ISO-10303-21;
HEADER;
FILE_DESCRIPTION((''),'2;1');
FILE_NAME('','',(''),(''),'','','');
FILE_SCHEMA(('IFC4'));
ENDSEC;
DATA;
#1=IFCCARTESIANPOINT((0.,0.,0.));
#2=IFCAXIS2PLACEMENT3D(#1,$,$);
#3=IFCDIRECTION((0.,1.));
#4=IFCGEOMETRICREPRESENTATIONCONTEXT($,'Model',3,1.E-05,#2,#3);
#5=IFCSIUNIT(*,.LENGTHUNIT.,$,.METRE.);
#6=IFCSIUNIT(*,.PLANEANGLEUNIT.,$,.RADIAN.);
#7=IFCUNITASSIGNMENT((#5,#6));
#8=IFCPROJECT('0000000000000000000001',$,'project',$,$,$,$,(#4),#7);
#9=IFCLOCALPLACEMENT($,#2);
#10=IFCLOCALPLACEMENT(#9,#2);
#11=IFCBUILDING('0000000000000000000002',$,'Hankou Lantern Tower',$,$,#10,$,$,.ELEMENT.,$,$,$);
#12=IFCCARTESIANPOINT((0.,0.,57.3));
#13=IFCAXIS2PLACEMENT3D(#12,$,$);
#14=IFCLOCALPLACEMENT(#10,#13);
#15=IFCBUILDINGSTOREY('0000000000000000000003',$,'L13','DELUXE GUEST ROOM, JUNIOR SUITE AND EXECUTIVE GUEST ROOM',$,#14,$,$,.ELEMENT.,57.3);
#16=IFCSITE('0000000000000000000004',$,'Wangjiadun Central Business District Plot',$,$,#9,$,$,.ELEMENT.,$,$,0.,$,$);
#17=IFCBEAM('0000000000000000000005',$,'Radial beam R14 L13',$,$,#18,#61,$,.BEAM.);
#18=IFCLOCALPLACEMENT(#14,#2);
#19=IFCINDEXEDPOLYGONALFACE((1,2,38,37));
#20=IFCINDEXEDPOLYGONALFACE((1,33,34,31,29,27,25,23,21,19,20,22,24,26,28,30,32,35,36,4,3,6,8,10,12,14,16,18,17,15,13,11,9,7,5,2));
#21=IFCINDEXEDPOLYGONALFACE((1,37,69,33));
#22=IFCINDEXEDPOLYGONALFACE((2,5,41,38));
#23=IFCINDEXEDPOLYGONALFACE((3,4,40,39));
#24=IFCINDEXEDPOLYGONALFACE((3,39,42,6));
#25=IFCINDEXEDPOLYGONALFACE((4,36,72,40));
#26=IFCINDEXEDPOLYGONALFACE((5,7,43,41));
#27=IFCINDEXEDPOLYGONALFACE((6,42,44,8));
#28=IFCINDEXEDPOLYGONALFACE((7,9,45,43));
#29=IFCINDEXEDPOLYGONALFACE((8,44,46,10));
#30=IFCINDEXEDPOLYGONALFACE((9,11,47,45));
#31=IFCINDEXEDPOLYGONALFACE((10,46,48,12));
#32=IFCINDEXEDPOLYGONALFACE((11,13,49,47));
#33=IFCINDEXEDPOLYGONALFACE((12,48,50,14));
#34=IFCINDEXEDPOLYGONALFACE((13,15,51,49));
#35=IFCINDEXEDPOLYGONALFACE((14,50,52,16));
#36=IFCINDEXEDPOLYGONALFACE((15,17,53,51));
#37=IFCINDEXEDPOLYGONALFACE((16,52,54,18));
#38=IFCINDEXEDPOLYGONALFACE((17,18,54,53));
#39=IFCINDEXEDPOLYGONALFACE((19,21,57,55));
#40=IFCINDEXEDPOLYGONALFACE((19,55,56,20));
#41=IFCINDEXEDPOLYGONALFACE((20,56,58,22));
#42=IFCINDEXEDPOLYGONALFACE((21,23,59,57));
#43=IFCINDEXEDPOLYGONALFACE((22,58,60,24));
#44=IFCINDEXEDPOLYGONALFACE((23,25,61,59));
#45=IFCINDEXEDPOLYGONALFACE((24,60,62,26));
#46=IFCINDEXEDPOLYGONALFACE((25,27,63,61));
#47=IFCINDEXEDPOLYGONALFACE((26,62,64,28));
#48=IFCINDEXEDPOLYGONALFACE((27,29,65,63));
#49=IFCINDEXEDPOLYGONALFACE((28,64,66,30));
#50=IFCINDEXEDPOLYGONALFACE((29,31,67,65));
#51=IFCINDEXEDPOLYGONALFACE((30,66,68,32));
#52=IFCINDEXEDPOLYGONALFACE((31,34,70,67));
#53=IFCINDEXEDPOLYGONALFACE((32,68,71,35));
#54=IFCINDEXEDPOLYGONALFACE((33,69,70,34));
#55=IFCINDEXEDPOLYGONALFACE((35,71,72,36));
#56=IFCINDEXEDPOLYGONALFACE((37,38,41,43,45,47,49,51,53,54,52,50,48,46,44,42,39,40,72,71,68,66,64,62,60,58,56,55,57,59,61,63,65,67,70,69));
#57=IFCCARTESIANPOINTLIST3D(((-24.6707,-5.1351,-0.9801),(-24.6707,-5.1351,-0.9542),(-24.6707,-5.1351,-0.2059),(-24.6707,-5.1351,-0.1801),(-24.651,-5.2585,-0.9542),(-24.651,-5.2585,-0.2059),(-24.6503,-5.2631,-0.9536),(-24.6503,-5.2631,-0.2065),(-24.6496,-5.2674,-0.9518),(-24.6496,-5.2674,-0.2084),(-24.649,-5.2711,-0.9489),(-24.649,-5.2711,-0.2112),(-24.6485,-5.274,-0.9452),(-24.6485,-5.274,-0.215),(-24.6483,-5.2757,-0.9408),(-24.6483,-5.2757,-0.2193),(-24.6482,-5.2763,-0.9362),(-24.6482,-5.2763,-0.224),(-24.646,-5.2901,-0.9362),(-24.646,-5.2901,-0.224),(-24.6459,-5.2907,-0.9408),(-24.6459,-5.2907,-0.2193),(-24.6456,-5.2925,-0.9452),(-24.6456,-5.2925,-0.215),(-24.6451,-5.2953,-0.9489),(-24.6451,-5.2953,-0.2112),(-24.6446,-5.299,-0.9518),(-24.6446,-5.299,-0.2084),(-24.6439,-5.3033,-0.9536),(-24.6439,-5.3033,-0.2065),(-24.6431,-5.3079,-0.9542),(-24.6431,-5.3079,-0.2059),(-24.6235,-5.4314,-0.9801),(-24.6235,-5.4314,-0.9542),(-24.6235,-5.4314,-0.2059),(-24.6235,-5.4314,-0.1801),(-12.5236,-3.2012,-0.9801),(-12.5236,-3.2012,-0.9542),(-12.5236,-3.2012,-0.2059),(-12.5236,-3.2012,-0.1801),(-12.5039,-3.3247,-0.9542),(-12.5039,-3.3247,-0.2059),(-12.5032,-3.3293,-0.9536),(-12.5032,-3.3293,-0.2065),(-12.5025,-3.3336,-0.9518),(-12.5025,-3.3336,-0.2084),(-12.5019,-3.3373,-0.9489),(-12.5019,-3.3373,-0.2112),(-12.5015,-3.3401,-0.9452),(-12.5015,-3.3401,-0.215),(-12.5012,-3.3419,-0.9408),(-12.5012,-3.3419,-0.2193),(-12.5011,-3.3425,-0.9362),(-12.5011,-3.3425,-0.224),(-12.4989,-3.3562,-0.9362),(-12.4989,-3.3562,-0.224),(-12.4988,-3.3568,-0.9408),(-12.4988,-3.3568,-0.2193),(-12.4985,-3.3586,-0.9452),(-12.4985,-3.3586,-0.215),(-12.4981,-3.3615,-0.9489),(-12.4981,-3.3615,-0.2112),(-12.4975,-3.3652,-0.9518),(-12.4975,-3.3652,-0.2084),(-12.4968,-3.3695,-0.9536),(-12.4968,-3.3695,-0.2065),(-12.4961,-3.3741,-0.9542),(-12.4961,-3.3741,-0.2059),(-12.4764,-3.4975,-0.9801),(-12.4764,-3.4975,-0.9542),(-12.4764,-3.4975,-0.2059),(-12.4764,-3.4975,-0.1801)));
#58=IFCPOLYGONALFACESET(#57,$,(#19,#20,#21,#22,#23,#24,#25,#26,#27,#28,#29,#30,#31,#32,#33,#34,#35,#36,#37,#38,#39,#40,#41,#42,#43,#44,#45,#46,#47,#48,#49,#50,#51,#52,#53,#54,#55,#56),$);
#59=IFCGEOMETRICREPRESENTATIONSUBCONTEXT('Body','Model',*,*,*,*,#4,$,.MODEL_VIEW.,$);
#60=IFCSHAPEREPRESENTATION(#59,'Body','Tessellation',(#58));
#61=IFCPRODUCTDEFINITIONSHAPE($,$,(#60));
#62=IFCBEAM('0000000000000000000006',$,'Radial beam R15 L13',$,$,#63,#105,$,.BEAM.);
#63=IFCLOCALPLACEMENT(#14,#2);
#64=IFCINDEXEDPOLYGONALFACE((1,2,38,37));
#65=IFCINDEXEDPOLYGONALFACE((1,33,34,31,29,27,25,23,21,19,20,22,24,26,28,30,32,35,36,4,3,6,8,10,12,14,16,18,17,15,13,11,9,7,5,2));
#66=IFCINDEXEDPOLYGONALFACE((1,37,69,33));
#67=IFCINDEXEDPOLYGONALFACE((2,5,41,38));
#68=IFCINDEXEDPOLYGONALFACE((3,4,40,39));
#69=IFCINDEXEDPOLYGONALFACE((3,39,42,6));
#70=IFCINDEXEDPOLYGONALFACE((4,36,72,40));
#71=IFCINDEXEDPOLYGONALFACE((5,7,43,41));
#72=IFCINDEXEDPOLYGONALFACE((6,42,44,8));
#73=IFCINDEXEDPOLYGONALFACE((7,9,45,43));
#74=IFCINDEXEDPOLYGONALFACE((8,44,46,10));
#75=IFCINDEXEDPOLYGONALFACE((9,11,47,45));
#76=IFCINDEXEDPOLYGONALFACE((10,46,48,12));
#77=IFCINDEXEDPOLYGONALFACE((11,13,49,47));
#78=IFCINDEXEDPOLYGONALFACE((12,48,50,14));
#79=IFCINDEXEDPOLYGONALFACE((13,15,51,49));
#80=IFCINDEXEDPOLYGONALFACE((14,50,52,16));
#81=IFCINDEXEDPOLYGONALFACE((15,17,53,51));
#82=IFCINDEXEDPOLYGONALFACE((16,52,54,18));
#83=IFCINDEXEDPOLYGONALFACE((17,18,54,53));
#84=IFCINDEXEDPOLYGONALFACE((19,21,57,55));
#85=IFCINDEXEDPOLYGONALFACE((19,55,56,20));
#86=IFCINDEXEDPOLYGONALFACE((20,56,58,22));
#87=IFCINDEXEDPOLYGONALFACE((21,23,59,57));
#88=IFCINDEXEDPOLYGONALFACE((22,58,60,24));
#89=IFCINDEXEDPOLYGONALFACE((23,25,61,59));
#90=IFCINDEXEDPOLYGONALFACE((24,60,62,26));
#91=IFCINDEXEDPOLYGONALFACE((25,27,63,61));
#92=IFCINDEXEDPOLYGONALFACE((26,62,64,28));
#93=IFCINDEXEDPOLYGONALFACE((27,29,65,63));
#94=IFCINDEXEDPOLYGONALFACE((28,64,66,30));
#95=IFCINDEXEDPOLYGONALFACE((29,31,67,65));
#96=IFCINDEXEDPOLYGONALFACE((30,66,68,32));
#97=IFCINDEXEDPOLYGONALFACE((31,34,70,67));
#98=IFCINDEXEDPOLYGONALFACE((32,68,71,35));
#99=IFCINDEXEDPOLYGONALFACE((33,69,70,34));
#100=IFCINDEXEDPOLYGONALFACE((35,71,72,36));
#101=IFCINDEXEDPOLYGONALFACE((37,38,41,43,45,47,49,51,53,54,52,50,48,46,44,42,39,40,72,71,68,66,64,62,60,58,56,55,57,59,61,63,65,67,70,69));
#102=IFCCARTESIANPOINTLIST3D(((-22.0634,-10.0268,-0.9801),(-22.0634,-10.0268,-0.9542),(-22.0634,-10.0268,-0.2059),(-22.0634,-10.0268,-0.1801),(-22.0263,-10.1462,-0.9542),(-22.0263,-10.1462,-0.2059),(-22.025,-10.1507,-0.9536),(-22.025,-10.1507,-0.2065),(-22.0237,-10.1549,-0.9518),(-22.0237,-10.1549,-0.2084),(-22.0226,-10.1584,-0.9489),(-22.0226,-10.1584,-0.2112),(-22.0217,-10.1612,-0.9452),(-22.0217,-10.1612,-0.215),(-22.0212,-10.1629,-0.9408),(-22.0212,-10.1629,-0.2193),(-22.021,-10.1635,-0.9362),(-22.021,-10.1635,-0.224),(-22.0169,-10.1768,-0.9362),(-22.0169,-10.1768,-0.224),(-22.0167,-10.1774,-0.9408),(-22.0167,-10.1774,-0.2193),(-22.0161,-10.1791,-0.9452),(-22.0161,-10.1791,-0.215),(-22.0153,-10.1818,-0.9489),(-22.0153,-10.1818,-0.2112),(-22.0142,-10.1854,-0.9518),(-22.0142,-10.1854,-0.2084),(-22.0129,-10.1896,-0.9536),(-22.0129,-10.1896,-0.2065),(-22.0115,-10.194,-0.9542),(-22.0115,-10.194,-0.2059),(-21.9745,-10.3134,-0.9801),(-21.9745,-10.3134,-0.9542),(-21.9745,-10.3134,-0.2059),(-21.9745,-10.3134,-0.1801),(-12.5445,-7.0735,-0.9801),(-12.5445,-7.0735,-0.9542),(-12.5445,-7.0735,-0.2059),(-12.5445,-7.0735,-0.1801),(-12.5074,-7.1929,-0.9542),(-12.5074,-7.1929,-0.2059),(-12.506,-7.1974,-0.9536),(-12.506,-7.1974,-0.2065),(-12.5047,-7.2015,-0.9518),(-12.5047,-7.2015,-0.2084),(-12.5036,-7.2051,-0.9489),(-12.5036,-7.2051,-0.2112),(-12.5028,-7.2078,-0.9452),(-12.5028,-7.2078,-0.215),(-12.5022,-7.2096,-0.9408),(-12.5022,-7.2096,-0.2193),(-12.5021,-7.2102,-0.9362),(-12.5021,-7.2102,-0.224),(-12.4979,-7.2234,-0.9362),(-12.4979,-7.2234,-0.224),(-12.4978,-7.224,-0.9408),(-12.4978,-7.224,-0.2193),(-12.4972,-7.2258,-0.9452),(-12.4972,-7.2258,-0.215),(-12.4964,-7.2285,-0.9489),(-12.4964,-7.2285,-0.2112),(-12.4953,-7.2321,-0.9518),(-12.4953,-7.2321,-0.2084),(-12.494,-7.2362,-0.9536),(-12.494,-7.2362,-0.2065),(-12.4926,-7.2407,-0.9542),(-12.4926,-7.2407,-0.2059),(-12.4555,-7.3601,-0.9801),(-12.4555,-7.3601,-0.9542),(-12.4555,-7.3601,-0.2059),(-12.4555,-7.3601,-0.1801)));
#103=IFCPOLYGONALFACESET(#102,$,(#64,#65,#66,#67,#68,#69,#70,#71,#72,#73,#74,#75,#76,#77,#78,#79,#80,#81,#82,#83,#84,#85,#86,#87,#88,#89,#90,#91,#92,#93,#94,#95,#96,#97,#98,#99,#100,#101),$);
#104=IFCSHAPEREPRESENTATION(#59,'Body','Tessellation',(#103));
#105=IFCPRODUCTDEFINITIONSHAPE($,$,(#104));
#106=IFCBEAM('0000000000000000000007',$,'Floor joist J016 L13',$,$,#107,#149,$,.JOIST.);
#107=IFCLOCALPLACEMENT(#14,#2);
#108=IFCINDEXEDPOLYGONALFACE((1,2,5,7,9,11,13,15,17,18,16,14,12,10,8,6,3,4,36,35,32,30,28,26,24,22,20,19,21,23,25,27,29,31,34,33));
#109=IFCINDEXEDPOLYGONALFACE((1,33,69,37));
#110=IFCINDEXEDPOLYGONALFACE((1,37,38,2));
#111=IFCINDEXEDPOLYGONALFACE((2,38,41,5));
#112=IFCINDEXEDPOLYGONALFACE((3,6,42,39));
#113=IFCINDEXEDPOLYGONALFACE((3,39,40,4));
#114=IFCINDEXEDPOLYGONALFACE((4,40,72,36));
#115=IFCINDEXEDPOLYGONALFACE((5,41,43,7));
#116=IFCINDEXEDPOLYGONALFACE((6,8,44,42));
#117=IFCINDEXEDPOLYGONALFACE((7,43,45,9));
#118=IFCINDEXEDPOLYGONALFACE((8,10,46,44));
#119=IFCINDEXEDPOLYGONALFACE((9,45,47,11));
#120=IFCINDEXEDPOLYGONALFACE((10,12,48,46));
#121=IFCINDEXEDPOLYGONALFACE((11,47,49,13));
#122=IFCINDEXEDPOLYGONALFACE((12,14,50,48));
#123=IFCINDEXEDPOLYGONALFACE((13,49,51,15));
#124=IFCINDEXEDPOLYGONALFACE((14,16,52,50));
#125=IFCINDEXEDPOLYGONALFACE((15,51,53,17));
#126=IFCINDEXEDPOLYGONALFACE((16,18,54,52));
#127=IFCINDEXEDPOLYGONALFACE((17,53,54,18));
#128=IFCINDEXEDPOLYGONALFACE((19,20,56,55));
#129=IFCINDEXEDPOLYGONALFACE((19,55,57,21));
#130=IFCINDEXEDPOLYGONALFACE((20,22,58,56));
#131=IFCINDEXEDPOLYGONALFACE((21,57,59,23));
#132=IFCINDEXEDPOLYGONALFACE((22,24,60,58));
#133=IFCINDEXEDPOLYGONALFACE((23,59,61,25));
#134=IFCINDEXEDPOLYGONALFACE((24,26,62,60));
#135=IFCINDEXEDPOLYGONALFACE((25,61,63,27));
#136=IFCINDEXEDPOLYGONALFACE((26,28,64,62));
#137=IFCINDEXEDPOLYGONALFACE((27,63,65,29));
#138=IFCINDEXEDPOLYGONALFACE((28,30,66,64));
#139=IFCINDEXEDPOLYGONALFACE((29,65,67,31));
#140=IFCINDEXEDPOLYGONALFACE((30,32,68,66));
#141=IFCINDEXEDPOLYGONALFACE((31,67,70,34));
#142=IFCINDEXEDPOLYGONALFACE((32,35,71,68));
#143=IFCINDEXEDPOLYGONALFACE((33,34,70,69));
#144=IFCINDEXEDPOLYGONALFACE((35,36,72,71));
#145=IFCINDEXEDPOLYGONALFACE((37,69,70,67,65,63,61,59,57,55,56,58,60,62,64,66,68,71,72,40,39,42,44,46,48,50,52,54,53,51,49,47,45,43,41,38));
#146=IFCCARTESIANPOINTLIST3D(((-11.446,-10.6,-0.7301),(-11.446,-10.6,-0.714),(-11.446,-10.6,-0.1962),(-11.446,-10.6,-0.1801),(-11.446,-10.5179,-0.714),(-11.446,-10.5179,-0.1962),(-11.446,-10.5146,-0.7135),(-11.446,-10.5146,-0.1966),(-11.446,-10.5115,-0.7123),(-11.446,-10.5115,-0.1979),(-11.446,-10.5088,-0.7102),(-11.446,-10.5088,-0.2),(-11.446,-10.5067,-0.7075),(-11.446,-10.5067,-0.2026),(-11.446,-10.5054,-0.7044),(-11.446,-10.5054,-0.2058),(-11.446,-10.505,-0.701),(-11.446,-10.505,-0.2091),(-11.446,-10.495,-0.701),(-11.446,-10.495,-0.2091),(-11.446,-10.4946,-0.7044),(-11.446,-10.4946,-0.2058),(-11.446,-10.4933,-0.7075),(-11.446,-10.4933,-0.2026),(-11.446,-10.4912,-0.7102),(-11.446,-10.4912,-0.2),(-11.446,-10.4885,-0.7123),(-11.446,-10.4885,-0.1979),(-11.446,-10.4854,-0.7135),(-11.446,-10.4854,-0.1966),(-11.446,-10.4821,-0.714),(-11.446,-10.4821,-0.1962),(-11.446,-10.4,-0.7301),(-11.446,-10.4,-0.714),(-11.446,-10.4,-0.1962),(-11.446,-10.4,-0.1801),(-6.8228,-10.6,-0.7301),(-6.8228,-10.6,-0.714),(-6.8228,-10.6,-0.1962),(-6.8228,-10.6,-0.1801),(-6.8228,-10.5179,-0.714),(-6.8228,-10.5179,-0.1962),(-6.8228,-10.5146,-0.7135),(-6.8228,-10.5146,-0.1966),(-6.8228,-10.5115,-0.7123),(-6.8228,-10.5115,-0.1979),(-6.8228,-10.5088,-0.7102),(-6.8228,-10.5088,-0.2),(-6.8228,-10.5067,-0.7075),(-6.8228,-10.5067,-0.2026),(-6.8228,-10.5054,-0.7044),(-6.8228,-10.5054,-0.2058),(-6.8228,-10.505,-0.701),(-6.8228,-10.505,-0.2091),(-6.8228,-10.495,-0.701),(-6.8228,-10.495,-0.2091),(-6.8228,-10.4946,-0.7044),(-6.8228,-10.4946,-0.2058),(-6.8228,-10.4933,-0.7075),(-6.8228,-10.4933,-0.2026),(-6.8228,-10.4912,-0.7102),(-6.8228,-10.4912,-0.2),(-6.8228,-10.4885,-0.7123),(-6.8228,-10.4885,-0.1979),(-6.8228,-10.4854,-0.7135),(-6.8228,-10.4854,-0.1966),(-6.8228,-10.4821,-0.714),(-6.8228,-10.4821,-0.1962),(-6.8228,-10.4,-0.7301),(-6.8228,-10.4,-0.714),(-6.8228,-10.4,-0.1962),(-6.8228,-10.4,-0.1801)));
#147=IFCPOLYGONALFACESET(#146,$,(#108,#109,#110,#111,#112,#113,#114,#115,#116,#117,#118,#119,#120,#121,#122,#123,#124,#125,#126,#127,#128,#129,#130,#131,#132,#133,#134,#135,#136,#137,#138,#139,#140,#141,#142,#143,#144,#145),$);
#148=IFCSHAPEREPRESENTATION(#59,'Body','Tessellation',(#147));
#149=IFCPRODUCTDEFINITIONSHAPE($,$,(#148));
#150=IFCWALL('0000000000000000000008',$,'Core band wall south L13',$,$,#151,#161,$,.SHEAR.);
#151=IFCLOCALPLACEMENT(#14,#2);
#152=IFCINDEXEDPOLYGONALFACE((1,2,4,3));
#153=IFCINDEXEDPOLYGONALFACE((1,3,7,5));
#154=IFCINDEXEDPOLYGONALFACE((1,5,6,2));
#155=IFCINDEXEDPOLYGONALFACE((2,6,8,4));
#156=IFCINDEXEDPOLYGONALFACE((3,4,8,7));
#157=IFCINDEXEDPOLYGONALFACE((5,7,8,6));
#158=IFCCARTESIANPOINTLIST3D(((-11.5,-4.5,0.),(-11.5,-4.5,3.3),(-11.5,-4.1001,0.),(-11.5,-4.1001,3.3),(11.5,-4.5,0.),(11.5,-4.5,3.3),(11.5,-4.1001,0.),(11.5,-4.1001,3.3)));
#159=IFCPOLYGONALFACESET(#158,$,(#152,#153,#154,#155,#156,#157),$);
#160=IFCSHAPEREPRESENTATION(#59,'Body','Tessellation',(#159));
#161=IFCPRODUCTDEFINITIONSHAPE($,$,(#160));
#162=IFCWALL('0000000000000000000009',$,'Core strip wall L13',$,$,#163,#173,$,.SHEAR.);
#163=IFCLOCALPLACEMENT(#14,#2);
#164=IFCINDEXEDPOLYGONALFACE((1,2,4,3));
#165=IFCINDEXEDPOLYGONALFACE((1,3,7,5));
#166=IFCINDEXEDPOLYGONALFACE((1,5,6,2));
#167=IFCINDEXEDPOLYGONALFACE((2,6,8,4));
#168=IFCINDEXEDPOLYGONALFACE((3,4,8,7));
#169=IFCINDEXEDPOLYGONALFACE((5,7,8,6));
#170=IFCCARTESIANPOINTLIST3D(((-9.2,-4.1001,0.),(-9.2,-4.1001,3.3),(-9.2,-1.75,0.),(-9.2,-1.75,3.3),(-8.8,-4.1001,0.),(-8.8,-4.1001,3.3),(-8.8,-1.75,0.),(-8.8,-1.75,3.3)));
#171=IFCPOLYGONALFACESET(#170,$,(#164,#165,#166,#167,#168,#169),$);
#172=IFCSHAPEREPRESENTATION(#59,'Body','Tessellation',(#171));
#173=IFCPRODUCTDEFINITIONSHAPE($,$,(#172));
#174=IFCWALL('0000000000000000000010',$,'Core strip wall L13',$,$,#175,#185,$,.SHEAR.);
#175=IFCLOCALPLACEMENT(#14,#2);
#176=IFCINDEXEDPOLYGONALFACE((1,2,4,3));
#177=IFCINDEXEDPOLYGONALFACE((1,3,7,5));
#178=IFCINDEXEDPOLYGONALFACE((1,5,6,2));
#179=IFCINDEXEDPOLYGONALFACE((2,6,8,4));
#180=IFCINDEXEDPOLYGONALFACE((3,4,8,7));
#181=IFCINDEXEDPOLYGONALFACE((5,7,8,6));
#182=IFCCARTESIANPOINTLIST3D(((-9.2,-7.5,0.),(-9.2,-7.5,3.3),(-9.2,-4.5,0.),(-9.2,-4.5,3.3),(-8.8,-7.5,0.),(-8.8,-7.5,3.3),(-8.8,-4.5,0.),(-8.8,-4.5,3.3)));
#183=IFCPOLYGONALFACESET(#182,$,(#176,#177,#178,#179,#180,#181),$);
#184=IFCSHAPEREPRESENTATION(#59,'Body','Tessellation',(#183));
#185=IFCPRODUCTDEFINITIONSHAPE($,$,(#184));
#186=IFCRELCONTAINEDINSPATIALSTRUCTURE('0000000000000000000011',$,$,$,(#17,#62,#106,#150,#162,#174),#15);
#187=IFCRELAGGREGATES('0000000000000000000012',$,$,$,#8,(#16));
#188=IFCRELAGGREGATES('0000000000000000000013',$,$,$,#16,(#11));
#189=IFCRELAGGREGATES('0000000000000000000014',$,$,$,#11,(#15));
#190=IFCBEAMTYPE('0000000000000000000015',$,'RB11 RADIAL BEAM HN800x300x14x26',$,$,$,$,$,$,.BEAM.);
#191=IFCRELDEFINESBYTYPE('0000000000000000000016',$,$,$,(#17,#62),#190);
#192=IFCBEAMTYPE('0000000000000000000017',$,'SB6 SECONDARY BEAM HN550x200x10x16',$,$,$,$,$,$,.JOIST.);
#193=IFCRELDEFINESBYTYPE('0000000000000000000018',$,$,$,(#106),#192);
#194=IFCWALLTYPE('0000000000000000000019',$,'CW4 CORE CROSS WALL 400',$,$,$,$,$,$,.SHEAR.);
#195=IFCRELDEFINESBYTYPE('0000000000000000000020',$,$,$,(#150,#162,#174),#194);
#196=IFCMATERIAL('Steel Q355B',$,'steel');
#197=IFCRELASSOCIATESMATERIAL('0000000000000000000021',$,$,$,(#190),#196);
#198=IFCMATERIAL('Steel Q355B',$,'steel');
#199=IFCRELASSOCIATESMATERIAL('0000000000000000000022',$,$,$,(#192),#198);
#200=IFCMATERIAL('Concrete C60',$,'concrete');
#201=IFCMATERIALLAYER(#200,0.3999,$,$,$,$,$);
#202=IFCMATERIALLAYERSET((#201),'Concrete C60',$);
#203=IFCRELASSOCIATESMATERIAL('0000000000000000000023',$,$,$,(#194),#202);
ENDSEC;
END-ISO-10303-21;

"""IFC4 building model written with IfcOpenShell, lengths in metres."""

from ifc_helpers import new_model, si_unit, direction, frame, frame_2d, origin, origin_2d, place, context, subcontext, project, spatial, rectangle, i_section, extrude, material, layer, layer_set, material_profile, profile_set, type_object, element, save


model = new_model("IFC4")

# Units and contexts
model_context = context("Model", 3, precision=1e-05, world=origin(), true_north=direction((0.0, 1.0)))
body_context = subcontext(model_context, "Body", "Model", "MODEL_VIEW")
ifc_project = project(units=[si_unit("LENGTHUNIT", "METRE"), si_unit("PLANEANGLEUNIT", "RADIAN")], contexts=[model_context])

# Site, building, storey
site_placement = place(None, origin())
site = spatial("IfcSite", under=ifc_project, at=site_placement, Name="Wangjiadun Central Business District Plot", CompositionType="ELEMENT", RefElevation=0.0)
building_placement = place(site_placement, origin())
building = spatial("IfcBuilding", under=site, at=building_placement, Name="Hankou Lantern Tower", CompositionType="ELEMENT")
storey_placement = place(building_placement, frame((0.0, 0.0, 57.3)))
storey = spatial("IfcBuildingStorey", under=building, at=storey_placement, Name="L13", Description="DELUXE GUEST ROOM, JUNIOR SUITE AND EXECUTIVE GUEST ROOM", CompositionType="ELEMENT", Elevation=57.3)

# Beams
ifc_material_1 = material(Name="Steel Q355B", Category="steel")
ifc_material_profile_1 = material_profile(ifc_material_1, i_section(OverallWidth=0.3, OverallDepth=0.8, WebThickness=0.0139, FlangeThickness=0.0259, FilletRadius=0.0181, at=origin_2d()), Name="HN800x300x14x26")
ifc_profile_set_1 = profile_set([ifc_material_profile_1], Name="Steel Q355B")
beam_type_1 = type_object("IfcBeamType", Name="RB11 RADIAL BEAM HN800x300x14x26", PredefinedType="BEAM", material=ifc_profile_set_1)
beam_1_placement = place(storey_placement, frame((-12.5, -3.3494, -0.5801), z_axis=(-0.987563, -0.157223, 0.0), x_axis=(0.157223, -0.987563, 0.0)))
element("IfcBeam", 1, at=beam_1_placement, inside=storey, type_object=beam_type_1, Name="Radial beam R14 L13", PredefinedType="BEAM", context=body_context, shape_type="SweptSolid", body=[
    extrude(i_section(OverallWidth=0.3, OverallDepth=0.8, WebThickness=0.0139, FlangeThickness=0.0259, FilletRadius=0.0181, at=origin_2d()), origin(), (0.0, 0.0, 1.0), 12.3),
])
beam_2_placement = place(storey_placement, frame((-12.5, -7.2168, -0.5801), z_axis=(-0.955087, -0.296324, 0.0), x_axis=(0.296324, -0.955087, 0.0)))
element("IfcBeam", 2, at=beam_2_placement, inside=storey, type_object=beam_type_1, Name="Radial beam R15 L13", PredefinedType="BEAM", context=body_context, shape_type="SweptSolid", body=[
    extrude(i_section(OverallWidth=0.3, OverallDepth=0.8, WebThickness=0.0139, FlangeThickness=0.0259, FilletRadius=0.0181, at=origin_2d()), origin(), (0.0, 0.0, 1.0), 9.9666),
])
ifc_material_2 = material(Name="Steel Q355B", Category="steel")
ifc_material_profile_2 = material_profile(ifc_material_2, i_section(OverallWidth=0.2, OverallDepth=0.55, WebThickness=0.01, FlangeThickness=0.0161, FilletRadius=0.0129, at=origin_2d()), Name="HN550x200x10x16")
ifc_profile_set_2 = profile_set([ifc_material_profile_2], Name="Steel Q355B")
beam_type_2 = type_object("IfcBeamType", Name="SB6 SECONDARY BEAM HN550x200x10x16", PredefinedType="JOIST", material=ifc_profile_set_2)
beam_3_placement = place(storey_placement, frame((-11.446, -10.5, -0.4551), z_axis=(1.0, 0.0, 0.0), x_axis=(0.0, 1.0, 0.0)))
element("IfcBeam", 3, at=beam_3_placement, inside=storey, type_object=beam_type_2, Name="Floor joist J016 L13", PredefinedType="JOIST", context=body_context, shape_type="SweptSolid", body=[
    extrude(i_section(OverallWidth=0.2, OverallDepth=0.55, WebThickness=0.01, FlangeThickness=0.0161, FilletRadius=0.0129, at=origin_2d()), origin(), (0.0, 0.0, 1.0), 4.6233),
])

# Walls
ifc_material_3 = material(Name="Concrete C60", Category="concrete")
ifc_layer_1 = layer(ifc_material_3, 0.3999)
ifc_layer_set_1 = layer_set([ifc_layer_1], Name="Concrete C60")
wall_type_1 = type_object("IfcWallType", Name="CW4 CORE CROSS WALL 400", PredefinedType="SHEAR", material=ifc_layer_set_1)
wall_1_placement = place(storey_placement, frame((-11.5, -4.3, 0.0), z_axis=(0.0, 0.0, 1.0), x_axis=(1.0, 0.0, 0.0)))
element("IfcWall", 4, at=wall_1_placement, inside=storey, type_object=wall_type_1, Name="Core band wall south L13", PredefinedType="SHEAR", context=body_context, shape_type="SweptSolid", body=[
    extrude(rectangle(XDim=23.0, YDim=0.3999, at=frame_2d((11.5, 0.0))), origin(), (0.0, 0.0, 1.0), 3.3),
])
wall_2_placement = place(storey_placement, frame((-9.0, -4.1001, 0.0), z_axis=(0.0, 0.0, 1.0), x_axis=(0.0, 1.0, 0.0)))
element("IfcWall", 5, at=wall_2_placement, inside=storey, type_object=wall_type_1, Name="Core strip wall L13", PredefinedType="SHEAR", context=body_context, shape_type="SweptSolid", body=[
    extrude(rectangle(XDim=2.3501, YDim=0.3999, at=frame_2d((1.175, 0.0))), origin(), (0.0, 0.0, 1.0), 3.3),
])
wall_3_placement = place(storey_placement, frame((-9.0, -7.5, 0.0), z_axis=(0.0, 0.0, 1.0), x_axis=(0.0, 1.0, 0.0)))
element("IfcWall", 6, at=wall_3_placement, inside=storey, type_object=wall_type_1, Name="Core strip wall L13", PredefinedType="SHEAR", context=body_context, shape_type="SweptSolid", body=[
    extrude(rectangle(XDim=3.0, YDim=0.3999, at=frame_2d((1.5, 0.0))), origin(), (0.0, 0.0, 1.0), 3.3),
])

save(model, "model.ifc")
